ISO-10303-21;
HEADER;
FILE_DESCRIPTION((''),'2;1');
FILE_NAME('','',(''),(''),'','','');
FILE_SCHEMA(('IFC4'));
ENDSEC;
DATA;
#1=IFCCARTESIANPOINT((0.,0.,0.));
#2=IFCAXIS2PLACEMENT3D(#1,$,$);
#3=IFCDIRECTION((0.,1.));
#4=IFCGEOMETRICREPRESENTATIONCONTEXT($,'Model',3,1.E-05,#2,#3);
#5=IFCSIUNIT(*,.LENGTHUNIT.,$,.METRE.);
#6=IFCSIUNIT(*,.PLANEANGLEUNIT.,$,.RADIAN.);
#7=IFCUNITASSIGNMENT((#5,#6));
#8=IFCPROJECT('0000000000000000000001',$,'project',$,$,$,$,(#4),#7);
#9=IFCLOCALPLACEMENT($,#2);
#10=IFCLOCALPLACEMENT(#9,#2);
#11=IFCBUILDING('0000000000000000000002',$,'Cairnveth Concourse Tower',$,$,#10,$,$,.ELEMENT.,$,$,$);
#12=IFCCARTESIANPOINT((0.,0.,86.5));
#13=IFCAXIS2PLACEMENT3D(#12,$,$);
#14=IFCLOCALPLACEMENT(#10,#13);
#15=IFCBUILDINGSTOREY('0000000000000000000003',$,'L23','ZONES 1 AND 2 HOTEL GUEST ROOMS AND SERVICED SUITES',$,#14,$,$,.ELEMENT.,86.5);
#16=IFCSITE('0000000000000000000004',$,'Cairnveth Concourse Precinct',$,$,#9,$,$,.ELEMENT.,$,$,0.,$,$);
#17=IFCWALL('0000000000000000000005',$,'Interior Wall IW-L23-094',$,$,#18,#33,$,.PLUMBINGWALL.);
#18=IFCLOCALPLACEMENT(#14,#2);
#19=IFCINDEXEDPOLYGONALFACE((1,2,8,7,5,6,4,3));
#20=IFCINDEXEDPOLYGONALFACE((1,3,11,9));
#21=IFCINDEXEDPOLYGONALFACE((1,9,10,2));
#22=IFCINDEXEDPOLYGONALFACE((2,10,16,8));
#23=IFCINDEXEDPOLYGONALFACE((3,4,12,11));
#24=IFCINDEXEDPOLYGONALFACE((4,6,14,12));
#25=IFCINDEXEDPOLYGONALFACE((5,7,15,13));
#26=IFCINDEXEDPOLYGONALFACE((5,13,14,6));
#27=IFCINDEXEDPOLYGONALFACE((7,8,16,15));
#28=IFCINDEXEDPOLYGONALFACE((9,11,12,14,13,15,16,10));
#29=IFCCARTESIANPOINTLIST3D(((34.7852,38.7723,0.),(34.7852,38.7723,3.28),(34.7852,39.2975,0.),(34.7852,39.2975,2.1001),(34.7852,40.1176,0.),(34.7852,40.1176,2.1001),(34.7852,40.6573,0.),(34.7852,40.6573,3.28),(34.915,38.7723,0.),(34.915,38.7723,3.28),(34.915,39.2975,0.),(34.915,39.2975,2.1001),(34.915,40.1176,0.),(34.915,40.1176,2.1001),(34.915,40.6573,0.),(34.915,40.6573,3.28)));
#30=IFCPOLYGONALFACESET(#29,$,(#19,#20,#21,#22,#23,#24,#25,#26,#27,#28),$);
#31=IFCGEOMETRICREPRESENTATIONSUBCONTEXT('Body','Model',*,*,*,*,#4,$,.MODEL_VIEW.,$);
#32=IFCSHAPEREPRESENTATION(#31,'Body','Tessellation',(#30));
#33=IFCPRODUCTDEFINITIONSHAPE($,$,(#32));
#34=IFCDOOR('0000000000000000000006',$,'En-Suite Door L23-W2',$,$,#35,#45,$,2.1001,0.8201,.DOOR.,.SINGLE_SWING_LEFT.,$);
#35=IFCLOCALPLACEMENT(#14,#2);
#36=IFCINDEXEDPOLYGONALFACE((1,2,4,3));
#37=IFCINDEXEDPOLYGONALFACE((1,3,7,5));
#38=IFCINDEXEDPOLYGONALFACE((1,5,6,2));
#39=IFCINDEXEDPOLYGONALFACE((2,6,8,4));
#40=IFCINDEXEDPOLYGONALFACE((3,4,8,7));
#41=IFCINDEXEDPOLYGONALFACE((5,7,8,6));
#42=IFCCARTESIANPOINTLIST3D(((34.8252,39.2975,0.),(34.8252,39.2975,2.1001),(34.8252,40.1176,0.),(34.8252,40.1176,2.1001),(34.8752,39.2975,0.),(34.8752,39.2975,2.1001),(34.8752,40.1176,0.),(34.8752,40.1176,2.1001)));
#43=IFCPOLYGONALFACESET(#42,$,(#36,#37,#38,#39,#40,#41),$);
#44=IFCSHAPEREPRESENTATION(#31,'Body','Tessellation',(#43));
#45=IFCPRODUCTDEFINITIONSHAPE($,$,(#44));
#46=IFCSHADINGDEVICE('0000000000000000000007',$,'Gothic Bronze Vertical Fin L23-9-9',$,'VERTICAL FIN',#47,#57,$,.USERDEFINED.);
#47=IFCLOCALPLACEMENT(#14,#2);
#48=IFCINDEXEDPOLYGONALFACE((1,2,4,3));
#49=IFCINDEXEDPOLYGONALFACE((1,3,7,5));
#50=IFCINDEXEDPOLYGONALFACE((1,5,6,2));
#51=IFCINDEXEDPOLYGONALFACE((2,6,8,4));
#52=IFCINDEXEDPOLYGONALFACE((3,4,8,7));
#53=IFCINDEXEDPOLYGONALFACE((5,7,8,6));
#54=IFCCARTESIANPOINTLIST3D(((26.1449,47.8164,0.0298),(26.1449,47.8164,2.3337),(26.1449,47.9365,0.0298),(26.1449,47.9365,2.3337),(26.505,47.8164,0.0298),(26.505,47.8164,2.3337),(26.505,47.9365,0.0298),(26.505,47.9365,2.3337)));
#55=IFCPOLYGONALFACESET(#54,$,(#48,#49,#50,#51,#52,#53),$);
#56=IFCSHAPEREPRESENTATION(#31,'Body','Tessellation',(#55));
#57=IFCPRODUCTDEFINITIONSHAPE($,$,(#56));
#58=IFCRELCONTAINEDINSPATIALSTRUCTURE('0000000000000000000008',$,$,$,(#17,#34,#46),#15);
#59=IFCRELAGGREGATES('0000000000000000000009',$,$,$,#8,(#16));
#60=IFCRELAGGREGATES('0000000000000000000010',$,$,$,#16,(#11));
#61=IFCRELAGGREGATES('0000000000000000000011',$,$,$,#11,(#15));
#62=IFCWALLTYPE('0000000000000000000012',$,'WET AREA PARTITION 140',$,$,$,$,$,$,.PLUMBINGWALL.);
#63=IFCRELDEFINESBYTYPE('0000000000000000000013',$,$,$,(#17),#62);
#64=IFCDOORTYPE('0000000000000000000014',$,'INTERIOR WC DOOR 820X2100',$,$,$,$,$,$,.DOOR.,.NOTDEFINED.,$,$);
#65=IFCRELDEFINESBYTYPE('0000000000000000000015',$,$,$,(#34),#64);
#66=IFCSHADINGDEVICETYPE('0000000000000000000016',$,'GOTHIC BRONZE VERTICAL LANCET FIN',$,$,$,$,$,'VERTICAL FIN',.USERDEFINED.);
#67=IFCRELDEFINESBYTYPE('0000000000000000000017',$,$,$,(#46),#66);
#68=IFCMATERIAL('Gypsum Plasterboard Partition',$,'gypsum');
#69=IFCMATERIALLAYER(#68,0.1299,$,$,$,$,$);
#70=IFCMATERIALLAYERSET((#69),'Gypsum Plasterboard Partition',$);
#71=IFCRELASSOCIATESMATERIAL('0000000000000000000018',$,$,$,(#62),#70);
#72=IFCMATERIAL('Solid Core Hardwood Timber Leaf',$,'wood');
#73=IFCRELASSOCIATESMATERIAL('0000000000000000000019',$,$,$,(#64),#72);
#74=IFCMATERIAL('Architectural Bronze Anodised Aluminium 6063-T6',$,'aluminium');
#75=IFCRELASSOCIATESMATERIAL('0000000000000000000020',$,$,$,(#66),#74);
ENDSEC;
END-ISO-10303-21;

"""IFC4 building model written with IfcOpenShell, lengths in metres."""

from ifc_helpers import new_model, si_unit, direction, frame, frame_2d, origin, origin_2d, place, context, subcontext, project, spatial, rectangle, extrude, material, layer, layer_set, type_object, element, fill, save


model = new_model("IFC4")

# Units and contexts
model_context = context("Model", 3, precision=1e-05, world=origin(), true_north=direction((0.0, 1.0)))
body_context = subcontext(model_context, "Body", "Model", "MODEL_VIEW")
ifc_project = project(units=[si_unit("LENGTHUNIT", "METRE"), si_unit("PLANEANGLEUNIT", "RADIAN")], contexts=[model_context])

# Site, building, storey
site_placement = place(None, origin())
site = spatial("IfcSite", under=ifc_project, at=site_placement, Name="Cairnveth Concourse Precinct", CompositionType="ELEMENT", RefElevation=0.0)
building_placement = place(site_placement, origin())
building = spatial("IfcBuilding", under=site, at=building_placement, Name="Cairnveth Concourse Tower", CompositionType="ELEMENT")
storey_placement = place(building_placement, frame((0.0, 0.0, 86.5)))
storey = spatial("IfcBuildingStorey", under=building, at=storey_placement, Name="L23", Description="ZONES 1 AND 2 HOTEL GUEST ROOMS AND SERVICED SUITES", CompositionType="ELEMENT", Elevation=86.5)

# Shared definitions
ifc_material_1 = material(Name="Gypsum Plasterboard Partition", Category="gypsum")

# Shared definitions
ifc_material_2 = material(Name="Solid Core Hardwood Timber Leaf", Category="wood")

# Shared definitions
ifc_layer_1 = layer(ifc_material_1, 0.1299)
ifc_layer_set_1 = layer_set([ifc_layer_1], Name="Gypsum Plasterboard Partition")
wall_type_1 = type_object("IfcWallType", Name="WET AREA PARTITION 140", PredefinedType="PLUMBINGWALL", material=ifc_layer_set_1)

# Wall, opening, door
wall_1_placement = place(storey_placement, frame((34.8501, 38.7725, 0.0), z_axis=(0.0, 0.0, 1.0), x_axis=(0.0, 1.0, 0.0)))
wall_1 = element("IfcWall", 1, at=wall_1_placement, inside=storey, type_object=wall_type_1, Name="Interior Wall IW-L23-094", PredefinedType="PLUMBINGWALL", context=body_context, shape_type="SweptSolid", body=[
    extrude(rectangle(XDim=1.885, YDim=0.1299, at=frame_2d((0.9424, 0.0))), origin(), (0.0, 0.0, 1.0), 3.28),
])
opening_1_placement = place(wall_1_placement, frame((0.5249, 0.0, 0.0)))
opening_1 = element("IfcOpeningElement", 2, at=opening_1_placement, cuts=wall_1, PredefinedType="OPENING", context=body_context, shape_type="SweptSolid", body=[
    extrude(rectangle(XDim=0.8201, YDim=2.1001, at=frame_2d((0.4102, 1.05))), frame((0.0, 0.075, 0.0), z_axis=(0.0, -1.0, 0.0), x_axis=(1.0, 0.0, 0.0)), (0.0, 0.0, 1.0), 0.1499),
])
door_type_1 = type_object("IfcDoorType", Name="INTERIOR WC DOOR 820X2100", OperationType="NOTDEFINED", PredefinedType="DOOR", material=ifc_material_2)
door_1_placement = place(opening_1_placement, origin())
door_1 = element("IfcDoor", 3, at=door_1_placement, inside=storey, type_object=door_type_1, Name="En-Suite Door L23-W2", OperationType="SINGLE_SWING_LEFT", OverallHeight=2.1001, OverallWidth=0.8201, PredefinedType="DOOR", context=body_context, shape_type="SweptSolid", body=[
    extrude(rectangle(XDim=0.8201, YDim=2.1001, at=frame_2d((0.4102, 1.05))), frame((0.0, 0.0249, 0.0), z_axis=(0.0, -1.0, 0.0), x_axis=(1.0, 0.0, 0.0)), (0.0, 0.0, 1.0), 0.05),
])
fill(opening_1, door_1)

# Shading device
ifc_material_3 = material(Name="Architectural Bronze Anodised Aluminium 6063-T6", Category="aluminium")
shading_device_type = type_object("IfcShadingDeviceType", Name="GOTHIC BRONZE VERTICAL LANCET FIN", ElementType="VERTICAL FIN", PredefinedType="USERDEFINED", material=ifc_material_3)
shading_device_placement = place(storey_placement, frame((26.325, 47.8765, 0.0298), z_axis=(0.0, 0.0, 1.0), x_axis=(0.0, 1.0, 0.0)))
element("IfcShadingDevice", 4, at=shading_device_placement, inside=storey, type_object=shading_device_type, Name="Gothic Bronze Vertical Fin L23-9-9", ObjectType="VERTICAL FIN", PredefinedType="USERDEFINED", context=body_context, shape_type="SweptSolid", body=[
    extrude(rectangle(XDim=0.1201, YDim=0.3601, at=origin_2d()), origin(), (0.0, 0.0, 1.0), 2.304),
])

save(model, "model.ifc")
